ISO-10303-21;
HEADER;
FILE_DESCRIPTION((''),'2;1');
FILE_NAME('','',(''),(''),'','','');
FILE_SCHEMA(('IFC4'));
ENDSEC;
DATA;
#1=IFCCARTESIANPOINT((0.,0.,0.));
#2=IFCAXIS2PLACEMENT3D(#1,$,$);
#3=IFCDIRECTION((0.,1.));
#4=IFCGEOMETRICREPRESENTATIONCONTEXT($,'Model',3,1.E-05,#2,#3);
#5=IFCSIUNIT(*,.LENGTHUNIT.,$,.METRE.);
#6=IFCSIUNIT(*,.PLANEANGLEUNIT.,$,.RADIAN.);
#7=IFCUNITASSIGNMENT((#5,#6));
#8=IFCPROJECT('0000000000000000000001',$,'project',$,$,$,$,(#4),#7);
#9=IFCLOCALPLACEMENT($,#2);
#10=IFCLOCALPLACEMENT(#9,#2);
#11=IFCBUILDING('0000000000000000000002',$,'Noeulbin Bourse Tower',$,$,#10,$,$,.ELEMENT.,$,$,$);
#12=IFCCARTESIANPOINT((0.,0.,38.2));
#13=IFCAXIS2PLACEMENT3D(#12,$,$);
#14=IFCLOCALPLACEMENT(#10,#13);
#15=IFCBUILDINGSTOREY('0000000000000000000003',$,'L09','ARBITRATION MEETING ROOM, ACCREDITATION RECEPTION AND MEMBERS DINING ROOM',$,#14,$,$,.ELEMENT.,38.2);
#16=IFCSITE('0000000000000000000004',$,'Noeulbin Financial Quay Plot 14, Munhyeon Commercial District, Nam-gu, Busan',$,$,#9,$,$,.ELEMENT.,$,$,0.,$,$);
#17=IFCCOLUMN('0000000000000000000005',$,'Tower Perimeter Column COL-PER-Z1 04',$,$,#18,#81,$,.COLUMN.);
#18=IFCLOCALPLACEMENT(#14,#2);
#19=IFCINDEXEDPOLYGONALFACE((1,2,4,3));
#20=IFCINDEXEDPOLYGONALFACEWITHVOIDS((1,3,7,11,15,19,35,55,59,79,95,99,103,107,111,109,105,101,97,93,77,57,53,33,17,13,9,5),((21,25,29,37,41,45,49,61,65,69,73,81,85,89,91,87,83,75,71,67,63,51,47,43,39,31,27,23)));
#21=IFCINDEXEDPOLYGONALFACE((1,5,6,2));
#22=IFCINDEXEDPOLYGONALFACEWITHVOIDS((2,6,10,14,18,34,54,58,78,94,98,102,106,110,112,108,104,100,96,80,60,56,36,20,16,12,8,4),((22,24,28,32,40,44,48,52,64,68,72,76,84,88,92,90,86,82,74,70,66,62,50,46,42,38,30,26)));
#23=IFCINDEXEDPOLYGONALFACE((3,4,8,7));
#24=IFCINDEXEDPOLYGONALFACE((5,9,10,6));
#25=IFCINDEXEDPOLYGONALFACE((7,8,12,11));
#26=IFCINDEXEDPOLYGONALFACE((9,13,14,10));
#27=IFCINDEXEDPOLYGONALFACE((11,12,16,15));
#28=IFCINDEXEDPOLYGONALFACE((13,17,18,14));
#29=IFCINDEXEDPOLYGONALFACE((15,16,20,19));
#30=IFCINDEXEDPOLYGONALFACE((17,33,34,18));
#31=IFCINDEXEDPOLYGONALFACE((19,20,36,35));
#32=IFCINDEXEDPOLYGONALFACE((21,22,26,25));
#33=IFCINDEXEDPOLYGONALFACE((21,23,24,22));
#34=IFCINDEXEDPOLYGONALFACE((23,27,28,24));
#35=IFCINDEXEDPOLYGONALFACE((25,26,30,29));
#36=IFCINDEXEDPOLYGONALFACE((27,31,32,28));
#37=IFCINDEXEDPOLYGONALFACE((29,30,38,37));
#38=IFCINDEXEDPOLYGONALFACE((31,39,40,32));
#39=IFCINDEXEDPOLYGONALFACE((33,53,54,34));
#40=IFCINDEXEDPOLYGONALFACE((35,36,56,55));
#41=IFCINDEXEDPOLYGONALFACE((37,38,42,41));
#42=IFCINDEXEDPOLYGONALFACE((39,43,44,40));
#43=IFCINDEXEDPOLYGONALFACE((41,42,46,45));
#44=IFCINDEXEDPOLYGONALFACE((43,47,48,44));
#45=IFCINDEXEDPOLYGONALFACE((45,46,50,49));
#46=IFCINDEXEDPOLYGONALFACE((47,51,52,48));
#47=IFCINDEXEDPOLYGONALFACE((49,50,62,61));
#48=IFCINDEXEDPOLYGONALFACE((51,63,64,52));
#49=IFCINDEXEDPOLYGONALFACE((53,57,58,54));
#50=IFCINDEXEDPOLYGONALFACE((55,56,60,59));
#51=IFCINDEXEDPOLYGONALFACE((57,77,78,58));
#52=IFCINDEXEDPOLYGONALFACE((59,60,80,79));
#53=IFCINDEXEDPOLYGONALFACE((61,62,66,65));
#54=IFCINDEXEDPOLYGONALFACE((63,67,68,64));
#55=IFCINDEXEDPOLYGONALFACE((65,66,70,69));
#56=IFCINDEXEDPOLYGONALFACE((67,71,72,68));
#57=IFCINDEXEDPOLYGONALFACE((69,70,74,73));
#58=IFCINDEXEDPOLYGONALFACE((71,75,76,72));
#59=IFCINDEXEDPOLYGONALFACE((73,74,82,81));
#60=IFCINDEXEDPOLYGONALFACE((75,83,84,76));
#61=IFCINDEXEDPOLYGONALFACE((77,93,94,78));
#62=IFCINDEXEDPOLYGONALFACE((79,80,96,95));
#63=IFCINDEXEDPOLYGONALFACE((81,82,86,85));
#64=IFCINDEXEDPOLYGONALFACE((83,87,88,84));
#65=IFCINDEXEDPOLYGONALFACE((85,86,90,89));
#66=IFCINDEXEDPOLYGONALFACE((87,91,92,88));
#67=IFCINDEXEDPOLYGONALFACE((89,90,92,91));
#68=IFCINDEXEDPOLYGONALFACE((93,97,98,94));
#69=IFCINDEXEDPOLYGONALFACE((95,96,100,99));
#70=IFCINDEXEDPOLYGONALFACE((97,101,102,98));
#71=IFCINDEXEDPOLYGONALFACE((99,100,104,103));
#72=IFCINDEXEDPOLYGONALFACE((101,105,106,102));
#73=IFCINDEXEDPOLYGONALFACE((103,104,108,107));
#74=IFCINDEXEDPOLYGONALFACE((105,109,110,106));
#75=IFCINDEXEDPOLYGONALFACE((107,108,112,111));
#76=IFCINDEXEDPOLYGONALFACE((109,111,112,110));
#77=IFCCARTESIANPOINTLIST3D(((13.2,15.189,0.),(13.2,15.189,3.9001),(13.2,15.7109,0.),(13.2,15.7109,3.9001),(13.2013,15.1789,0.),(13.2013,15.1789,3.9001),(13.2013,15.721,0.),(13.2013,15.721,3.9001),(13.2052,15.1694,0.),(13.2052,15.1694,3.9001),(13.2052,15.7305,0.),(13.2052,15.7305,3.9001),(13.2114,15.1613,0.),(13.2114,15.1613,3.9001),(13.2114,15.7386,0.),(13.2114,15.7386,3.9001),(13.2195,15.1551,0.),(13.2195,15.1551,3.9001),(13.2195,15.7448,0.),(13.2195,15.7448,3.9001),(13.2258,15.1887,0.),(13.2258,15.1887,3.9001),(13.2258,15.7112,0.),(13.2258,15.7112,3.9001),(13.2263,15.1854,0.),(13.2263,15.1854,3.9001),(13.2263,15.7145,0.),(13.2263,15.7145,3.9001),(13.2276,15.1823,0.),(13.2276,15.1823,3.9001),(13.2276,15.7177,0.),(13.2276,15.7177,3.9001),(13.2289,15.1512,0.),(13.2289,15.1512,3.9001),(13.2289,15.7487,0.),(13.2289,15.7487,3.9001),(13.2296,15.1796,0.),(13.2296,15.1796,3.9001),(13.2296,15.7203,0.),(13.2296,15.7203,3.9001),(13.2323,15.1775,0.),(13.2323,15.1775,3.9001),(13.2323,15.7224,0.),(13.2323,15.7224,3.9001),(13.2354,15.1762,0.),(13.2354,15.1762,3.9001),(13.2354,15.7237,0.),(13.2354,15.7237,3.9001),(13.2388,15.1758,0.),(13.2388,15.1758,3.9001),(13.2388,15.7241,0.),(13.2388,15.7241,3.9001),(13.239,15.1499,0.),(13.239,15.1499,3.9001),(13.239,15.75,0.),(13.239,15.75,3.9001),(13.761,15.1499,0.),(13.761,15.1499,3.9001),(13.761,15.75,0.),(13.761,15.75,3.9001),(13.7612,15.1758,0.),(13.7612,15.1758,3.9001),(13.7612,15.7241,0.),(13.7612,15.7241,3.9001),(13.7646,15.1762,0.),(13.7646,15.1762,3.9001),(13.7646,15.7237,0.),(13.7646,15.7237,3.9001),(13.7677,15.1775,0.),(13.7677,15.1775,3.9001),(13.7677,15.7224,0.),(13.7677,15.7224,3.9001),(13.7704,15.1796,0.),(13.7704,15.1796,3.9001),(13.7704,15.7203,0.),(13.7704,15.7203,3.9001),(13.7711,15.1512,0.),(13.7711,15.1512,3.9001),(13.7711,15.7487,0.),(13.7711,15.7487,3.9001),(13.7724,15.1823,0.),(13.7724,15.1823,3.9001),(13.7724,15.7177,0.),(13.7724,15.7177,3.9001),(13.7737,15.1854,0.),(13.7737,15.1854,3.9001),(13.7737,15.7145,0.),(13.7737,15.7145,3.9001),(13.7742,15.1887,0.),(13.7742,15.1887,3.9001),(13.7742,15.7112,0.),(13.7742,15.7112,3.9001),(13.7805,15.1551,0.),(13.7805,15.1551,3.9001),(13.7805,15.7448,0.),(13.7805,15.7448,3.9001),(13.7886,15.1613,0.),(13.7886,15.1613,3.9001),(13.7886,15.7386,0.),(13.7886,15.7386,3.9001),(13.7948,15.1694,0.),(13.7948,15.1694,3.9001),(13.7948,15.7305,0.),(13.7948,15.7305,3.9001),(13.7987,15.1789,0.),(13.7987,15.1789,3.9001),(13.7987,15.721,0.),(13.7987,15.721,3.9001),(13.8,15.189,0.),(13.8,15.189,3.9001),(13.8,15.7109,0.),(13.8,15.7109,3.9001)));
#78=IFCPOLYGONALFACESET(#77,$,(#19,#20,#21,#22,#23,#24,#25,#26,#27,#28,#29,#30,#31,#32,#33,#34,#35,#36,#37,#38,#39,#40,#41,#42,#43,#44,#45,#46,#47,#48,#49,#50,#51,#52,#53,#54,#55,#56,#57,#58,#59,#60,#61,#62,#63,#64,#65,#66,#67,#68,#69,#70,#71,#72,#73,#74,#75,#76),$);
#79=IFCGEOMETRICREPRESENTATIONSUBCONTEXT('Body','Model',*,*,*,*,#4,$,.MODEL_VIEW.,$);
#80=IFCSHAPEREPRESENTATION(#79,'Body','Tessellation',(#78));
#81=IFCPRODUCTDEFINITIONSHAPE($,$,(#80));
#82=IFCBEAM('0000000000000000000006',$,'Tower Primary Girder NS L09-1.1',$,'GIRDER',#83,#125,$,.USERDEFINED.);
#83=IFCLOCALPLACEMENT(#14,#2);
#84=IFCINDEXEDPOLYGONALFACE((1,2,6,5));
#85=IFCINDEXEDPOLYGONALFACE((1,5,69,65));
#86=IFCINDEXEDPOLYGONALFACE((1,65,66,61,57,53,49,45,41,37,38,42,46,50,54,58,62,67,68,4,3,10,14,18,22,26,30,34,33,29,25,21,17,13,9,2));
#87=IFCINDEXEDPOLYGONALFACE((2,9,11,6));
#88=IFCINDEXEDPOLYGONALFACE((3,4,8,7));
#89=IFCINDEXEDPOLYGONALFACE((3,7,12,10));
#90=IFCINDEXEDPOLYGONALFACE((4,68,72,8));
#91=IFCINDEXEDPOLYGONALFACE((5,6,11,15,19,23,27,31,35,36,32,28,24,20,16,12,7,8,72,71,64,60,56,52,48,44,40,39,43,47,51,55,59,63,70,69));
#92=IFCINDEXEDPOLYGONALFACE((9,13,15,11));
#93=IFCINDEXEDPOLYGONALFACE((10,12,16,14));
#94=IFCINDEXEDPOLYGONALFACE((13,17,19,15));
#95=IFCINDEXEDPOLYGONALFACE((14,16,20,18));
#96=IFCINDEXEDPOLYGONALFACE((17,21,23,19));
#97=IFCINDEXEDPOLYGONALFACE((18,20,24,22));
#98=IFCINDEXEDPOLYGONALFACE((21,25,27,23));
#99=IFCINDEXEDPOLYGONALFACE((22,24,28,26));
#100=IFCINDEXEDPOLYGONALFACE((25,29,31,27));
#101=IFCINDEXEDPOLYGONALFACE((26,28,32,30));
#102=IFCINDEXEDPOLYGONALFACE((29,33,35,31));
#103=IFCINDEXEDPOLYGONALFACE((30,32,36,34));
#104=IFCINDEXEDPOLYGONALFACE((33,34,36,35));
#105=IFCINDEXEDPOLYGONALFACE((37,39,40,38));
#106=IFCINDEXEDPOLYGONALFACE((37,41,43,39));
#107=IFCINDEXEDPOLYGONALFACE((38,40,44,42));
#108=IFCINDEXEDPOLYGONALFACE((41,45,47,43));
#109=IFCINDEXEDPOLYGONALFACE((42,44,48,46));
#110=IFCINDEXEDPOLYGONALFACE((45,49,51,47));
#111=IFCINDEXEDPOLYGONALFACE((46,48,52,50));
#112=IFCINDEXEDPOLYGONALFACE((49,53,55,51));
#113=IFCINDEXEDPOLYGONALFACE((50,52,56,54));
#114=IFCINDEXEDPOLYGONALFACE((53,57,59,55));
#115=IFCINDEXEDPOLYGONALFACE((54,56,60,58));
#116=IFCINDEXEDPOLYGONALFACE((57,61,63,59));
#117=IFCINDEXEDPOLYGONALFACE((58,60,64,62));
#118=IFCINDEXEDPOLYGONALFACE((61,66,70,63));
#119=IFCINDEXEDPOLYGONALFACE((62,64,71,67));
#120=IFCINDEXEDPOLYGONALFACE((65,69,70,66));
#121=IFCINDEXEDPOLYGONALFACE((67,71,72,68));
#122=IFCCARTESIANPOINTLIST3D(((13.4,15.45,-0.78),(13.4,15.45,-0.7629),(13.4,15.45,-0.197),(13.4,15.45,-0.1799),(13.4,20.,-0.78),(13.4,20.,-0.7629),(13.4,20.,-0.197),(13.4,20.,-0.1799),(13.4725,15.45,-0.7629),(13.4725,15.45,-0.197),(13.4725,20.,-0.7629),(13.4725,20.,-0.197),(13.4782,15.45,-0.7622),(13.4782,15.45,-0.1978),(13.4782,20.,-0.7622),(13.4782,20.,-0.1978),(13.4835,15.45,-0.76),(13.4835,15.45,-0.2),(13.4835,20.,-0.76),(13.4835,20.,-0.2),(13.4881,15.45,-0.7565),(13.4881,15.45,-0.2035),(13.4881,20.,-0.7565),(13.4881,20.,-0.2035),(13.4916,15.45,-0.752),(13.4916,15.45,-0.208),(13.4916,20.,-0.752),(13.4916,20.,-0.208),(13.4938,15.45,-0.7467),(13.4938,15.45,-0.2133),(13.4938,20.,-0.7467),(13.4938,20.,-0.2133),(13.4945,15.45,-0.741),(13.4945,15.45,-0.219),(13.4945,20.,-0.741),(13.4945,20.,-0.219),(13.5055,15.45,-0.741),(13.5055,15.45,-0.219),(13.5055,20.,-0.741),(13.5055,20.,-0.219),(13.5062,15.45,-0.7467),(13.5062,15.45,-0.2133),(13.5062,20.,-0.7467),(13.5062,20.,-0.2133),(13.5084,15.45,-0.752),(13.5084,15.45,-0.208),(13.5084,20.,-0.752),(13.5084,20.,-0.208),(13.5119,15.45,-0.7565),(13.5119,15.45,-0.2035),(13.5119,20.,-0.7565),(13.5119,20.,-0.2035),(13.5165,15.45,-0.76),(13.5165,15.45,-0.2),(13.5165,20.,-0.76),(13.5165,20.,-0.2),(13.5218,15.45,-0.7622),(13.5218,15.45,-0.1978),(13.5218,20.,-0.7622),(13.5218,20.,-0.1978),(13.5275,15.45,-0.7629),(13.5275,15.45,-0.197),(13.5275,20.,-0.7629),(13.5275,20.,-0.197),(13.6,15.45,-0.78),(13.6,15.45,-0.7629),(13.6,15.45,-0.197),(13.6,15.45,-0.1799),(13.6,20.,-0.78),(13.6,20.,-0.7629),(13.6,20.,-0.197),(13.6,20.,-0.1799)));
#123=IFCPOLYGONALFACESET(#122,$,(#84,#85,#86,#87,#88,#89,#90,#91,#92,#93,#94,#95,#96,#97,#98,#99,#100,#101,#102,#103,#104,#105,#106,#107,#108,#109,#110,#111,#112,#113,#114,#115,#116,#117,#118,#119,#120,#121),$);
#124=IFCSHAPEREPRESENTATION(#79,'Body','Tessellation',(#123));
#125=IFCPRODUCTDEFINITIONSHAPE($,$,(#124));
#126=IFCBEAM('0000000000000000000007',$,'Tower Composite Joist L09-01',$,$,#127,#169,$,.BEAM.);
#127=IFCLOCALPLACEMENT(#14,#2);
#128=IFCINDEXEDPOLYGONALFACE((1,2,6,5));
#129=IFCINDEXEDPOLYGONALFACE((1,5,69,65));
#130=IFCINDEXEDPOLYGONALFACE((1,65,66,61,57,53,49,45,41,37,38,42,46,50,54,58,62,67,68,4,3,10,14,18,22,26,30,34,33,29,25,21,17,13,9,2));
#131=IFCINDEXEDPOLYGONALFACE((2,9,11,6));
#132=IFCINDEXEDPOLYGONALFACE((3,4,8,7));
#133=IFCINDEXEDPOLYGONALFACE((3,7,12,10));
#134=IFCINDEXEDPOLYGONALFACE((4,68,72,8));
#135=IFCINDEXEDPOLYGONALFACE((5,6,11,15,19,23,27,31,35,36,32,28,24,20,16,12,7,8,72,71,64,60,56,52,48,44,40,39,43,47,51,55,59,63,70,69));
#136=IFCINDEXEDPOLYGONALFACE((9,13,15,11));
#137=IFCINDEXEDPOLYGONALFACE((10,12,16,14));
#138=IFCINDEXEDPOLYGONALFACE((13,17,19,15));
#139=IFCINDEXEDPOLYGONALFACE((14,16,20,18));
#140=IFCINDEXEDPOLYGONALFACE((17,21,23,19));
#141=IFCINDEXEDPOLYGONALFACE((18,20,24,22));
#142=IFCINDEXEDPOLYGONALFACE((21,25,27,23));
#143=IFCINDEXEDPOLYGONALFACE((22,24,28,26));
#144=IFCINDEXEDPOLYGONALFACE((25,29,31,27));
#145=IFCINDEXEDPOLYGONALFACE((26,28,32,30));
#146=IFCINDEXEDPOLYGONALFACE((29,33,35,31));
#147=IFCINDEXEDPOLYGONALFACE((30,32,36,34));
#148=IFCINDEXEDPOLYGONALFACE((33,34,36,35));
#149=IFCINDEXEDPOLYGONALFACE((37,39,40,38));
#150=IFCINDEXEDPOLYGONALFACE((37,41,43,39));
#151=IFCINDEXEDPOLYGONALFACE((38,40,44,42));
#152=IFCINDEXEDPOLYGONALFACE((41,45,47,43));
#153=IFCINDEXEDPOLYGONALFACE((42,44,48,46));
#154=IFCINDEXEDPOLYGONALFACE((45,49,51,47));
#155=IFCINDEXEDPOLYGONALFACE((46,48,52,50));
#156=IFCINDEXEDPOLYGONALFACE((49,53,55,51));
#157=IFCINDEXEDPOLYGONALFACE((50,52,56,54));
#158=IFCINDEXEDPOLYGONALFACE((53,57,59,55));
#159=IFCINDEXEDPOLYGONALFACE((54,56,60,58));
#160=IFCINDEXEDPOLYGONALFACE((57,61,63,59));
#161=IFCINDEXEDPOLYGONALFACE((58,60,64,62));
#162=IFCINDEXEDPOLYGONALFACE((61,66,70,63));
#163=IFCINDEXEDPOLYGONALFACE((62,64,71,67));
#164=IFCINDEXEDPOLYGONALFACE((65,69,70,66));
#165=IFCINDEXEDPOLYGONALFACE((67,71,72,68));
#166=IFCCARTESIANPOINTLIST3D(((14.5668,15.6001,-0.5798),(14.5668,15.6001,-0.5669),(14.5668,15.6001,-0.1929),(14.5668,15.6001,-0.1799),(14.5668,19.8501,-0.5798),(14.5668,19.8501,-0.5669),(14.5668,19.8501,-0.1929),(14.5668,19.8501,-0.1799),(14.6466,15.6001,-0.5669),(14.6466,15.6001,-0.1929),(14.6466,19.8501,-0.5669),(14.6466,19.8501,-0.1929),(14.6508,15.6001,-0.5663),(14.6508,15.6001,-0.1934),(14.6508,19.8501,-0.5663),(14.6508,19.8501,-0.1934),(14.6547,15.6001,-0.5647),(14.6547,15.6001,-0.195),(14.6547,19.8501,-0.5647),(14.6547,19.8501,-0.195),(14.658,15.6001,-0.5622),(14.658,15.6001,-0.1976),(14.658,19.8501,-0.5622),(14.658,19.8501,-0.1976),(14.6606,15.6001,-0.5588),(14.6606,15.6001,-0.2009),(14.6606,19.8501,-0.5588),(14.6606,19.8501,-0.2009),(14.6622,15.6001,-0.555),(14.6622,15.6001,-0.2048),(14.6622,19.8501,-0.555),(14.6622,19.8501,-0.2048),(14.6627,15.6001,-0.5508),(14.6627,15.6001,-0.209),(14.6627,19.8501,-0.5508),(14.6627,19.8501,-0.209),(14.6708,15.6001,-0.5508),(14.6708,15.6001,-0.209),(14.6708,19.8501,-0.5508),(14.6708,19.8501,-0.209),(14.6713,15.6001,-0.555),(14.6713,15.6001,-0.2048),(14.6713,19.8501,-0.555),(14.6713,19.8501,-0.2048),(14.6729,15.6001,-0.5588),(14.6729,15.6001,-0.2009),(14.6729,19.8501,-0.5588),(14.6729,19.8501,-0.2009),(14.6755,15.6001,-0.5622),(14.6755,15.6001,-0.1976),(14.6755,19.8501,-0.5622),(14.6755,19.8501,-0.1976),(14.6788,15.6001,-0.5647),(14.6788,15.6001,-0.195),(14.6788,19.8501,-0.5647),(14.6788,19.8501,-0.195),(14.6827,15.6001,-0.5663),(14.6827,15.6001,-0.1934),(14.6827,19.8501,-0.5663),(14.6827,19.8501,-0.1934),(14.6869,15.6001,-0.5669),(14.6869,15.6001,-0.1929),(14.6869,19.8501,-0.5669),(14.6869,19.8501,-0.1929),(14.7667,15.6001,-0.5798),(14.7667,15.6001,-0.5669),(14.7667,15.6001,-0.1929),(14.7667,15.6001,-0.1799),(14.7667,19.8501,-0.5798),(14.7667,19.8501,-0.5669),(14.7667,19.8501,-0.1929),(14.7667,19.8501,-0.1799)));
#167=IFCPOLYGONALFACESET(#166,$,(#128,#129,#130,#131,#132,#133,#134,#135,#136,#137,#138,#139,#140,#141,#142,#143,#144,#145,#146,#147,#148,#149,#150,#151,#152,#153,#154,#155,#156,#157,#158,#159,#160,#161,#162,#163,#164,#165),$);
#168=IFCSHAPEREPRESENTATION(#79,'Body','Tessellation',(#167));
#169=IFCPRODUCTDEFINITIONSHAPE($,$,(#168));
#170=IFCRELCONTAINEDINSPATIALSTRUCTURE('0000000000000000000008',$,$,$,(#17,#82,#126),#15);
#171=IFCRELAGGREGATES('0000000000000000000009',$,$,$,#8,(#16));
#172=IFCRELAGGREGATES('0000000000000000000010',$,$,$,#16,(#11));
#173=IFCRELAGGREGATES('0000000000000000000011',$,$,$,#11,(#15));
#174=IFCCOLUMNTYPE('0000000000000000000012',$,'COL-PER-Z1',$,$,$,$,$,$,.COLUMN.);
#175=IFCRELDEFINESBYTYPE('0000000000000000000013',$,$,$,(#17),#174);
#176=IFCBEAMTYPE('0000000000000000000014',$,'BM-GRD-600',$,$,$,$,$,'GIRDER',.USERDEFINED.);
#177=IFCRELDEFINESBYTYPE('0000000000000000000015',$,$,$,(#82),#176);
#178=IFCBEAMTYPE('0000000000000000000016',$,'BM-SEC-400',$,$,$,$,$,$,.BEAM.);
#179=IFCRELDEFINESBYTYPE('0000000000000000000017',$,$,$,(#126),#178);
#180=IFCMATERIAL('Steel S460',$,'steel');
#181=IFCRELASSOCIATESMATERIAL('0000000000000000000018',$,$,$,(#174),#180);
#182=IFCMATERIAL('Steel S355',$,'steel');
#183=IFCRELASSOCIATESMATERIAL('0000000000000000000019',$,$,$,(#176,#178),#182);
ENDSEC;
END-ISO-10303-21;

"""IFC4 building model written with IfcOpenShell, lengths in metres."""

from ifc_helpers import new_model, si_unit, direction, frame, origin, origin_2d, place, context, subcontext, project, spatial, hollow_rectangle, i_section, extrude, material, material_profile, profile_set, type_object, element, save


model = new_model("IFC4")

# Units and contexts
model_context = context("Model", 3, precision=1e-05, world=origin(), true_north=direction((0.0, 1.0)))
body_context = subcontext(model_context, "Body", "Model", "MODEL_VIEW")
ifc_project = project(units=[si_unit("LENGTHUNIT", "METRE"), si_unit("PLANEANGLEUNIT", "RADIAN")], contexts=[model_context])

# Site, building, storey
site_placement = place(None, origin())
site = spatial("IfcSite", under=ifc_project, at=site_placement, Name="Noeulbin Financial Quay Plot 14, Munhyeon Commercial District, Nam-gu, Busan", CompositionType="ELEMENT", RefElevation=0.0)
building_placement = place(site_placement, origin())
building = spatial("IfcBuilding", under=site, at=building_placement, Name="Noeulbin Bourse Tower", CompositionType="ELEMENT")
storey_placement = place(building_placement, frame((0.0, 0.0, 38.2)))
storey = spatial("IfcBuildingStorey", under=building, at=storey_placement, Name="L09", Description="ARBITRATION MEETING ROOM, ACCREDITATION RECEPTION AND MEMBERS DINING ROOM", CompositionType="ELEMENT", Elevation=38.2)

# Column
ifc_material_1 = material(Name="Steel S460", Category="steel")
ifc_material_profile_1 = material_profile(ifc_material_1, hollow_rectangle(XDim=0.6001, YDim=0.6001, WallThickness=0.0259, InnerFilletRadius=0.0129, OuterFilletRadius=0.0391, at=origin_2d()), Name="BOX-600x600x26", Category="LoadBearing")
ifc_profile_set_1 = profile_set([ifc_material_profile_1], Name="Steel S460")
column_type = type_object("IfcColumnType", Name="COL-PER-Z1", PredefinedType="COLUMN", material=ifc_profile_set_1)
column_placement = place(storey_placement, frame((13.5, 15.45, 0.0), z_axis=(0.0, 0.0, 1.0), x_axis=(1.0, 0.0, 0.0)))
element("IfcColumn", 1, at=column_placement, inside=storey, type_object=column_type, Name="Tower Perimeter Column COL-PER-Z1 04", PredefinedType="COLUMN", context=body_context, shape_type="SweptSolid", body=[
    extrude(hollow_rectangle(XDim=0.6001, YDim=0.6001, WallThickness=0.0259, InnerFilletRadius=0.0129, OuterFilletRadius=0.0391, at=origin_2d()), origin(), (0.0, 0.0, 1.0), 3.9001),
])

# Beams
ifc_material_2 = material(Name="Steel S355", Category="steel")
ifc_material_profile_2 = material_profile(ifc_material_2, i_section(OverallWidth=0.2, OverallDepth=0.6001, WebThickness=0.011, FlangeThickness=0.0171, FilletRadius=0.022, at=origin_2d()), Name="H-600x200x11x17", Category="LoadBearing")
ifc_profile_set_2 = profile_set([ifc_material_profile_2], Name="Steel S355")
beam_type_1 = type_object("IfcBeamType", Name="BM-GRD-600", ElementType="GIRDER", PredefinedType="USERDEFINED", material=ifc_profile_set_2)
beam_1_placement = place(storey_placement, frame((13.5, 15.45, -0.48), z_axis=(0.0, 1.0, 0.0), x_axis=(-1.0, 0.0, 0.0)))
element("IfcBeam", 2, at=beam_1_placement, inside=storey, type_object=beam_type_1, Name="Tower Primary Girder NS L09-1.1", ObjectType="GIRDER", PredefinedType="USERDEFINED", context=body_context, shape_type="SweptSolid", body=[
    extrude(i_section(OverallWidth=0.2, OverallDepth=0.6001, WebThickness=0.011, FlangeThickness=0.0171, FilletRadius=0.022, at=origin_2d()), origin(), (0.0, 0.0, 1.0), 4.55),
])
ifc_material_profile_3 = material_profile(ifc_material_2, i_section(OverallWidth=0.2, OverallDepth=0.3999, WebThickness=0.0081, FlangeThickness=0.0129, FilletRadius=0.0161, at=origin_2d()), Name="H-400x200x8x13", Category="LoadBearing")
ifc_profile_set_3 = profile_set([ifc_material_profile_3], Name="Steel S355")
beam_type_2 = type_object("IfcBeamType", Name="BM-SEC-400", PredefinedType="BEAM", material=ifc_profile_set_3)
beam_2_placement = place(storey_placement, frame((14.6667, 15.6001, -0.3799), z_axis=(0.0, 1.0, 0.0), x_axis=(-1.0, 0.0, 0.0)))
element("IfcBeam", 3, at=beam_2_placement, inside=storey, type_object=beam_type_2, Name="Tower Composite Joist L09-01", PredefinedType="BEAM", context=body_context, shape_type="SweptSolid", body=[
    extrude(i_section(OverallWidth=0.2, OverallDepth=0.3999, WebThickness=0.0081, FlangeThickness=0.0129, FilletRadius=0.0161, at=origin_2d()), origin(), (0.0, 0.0, 1.0), 4.25),
])

save(model, "model.ifc")
